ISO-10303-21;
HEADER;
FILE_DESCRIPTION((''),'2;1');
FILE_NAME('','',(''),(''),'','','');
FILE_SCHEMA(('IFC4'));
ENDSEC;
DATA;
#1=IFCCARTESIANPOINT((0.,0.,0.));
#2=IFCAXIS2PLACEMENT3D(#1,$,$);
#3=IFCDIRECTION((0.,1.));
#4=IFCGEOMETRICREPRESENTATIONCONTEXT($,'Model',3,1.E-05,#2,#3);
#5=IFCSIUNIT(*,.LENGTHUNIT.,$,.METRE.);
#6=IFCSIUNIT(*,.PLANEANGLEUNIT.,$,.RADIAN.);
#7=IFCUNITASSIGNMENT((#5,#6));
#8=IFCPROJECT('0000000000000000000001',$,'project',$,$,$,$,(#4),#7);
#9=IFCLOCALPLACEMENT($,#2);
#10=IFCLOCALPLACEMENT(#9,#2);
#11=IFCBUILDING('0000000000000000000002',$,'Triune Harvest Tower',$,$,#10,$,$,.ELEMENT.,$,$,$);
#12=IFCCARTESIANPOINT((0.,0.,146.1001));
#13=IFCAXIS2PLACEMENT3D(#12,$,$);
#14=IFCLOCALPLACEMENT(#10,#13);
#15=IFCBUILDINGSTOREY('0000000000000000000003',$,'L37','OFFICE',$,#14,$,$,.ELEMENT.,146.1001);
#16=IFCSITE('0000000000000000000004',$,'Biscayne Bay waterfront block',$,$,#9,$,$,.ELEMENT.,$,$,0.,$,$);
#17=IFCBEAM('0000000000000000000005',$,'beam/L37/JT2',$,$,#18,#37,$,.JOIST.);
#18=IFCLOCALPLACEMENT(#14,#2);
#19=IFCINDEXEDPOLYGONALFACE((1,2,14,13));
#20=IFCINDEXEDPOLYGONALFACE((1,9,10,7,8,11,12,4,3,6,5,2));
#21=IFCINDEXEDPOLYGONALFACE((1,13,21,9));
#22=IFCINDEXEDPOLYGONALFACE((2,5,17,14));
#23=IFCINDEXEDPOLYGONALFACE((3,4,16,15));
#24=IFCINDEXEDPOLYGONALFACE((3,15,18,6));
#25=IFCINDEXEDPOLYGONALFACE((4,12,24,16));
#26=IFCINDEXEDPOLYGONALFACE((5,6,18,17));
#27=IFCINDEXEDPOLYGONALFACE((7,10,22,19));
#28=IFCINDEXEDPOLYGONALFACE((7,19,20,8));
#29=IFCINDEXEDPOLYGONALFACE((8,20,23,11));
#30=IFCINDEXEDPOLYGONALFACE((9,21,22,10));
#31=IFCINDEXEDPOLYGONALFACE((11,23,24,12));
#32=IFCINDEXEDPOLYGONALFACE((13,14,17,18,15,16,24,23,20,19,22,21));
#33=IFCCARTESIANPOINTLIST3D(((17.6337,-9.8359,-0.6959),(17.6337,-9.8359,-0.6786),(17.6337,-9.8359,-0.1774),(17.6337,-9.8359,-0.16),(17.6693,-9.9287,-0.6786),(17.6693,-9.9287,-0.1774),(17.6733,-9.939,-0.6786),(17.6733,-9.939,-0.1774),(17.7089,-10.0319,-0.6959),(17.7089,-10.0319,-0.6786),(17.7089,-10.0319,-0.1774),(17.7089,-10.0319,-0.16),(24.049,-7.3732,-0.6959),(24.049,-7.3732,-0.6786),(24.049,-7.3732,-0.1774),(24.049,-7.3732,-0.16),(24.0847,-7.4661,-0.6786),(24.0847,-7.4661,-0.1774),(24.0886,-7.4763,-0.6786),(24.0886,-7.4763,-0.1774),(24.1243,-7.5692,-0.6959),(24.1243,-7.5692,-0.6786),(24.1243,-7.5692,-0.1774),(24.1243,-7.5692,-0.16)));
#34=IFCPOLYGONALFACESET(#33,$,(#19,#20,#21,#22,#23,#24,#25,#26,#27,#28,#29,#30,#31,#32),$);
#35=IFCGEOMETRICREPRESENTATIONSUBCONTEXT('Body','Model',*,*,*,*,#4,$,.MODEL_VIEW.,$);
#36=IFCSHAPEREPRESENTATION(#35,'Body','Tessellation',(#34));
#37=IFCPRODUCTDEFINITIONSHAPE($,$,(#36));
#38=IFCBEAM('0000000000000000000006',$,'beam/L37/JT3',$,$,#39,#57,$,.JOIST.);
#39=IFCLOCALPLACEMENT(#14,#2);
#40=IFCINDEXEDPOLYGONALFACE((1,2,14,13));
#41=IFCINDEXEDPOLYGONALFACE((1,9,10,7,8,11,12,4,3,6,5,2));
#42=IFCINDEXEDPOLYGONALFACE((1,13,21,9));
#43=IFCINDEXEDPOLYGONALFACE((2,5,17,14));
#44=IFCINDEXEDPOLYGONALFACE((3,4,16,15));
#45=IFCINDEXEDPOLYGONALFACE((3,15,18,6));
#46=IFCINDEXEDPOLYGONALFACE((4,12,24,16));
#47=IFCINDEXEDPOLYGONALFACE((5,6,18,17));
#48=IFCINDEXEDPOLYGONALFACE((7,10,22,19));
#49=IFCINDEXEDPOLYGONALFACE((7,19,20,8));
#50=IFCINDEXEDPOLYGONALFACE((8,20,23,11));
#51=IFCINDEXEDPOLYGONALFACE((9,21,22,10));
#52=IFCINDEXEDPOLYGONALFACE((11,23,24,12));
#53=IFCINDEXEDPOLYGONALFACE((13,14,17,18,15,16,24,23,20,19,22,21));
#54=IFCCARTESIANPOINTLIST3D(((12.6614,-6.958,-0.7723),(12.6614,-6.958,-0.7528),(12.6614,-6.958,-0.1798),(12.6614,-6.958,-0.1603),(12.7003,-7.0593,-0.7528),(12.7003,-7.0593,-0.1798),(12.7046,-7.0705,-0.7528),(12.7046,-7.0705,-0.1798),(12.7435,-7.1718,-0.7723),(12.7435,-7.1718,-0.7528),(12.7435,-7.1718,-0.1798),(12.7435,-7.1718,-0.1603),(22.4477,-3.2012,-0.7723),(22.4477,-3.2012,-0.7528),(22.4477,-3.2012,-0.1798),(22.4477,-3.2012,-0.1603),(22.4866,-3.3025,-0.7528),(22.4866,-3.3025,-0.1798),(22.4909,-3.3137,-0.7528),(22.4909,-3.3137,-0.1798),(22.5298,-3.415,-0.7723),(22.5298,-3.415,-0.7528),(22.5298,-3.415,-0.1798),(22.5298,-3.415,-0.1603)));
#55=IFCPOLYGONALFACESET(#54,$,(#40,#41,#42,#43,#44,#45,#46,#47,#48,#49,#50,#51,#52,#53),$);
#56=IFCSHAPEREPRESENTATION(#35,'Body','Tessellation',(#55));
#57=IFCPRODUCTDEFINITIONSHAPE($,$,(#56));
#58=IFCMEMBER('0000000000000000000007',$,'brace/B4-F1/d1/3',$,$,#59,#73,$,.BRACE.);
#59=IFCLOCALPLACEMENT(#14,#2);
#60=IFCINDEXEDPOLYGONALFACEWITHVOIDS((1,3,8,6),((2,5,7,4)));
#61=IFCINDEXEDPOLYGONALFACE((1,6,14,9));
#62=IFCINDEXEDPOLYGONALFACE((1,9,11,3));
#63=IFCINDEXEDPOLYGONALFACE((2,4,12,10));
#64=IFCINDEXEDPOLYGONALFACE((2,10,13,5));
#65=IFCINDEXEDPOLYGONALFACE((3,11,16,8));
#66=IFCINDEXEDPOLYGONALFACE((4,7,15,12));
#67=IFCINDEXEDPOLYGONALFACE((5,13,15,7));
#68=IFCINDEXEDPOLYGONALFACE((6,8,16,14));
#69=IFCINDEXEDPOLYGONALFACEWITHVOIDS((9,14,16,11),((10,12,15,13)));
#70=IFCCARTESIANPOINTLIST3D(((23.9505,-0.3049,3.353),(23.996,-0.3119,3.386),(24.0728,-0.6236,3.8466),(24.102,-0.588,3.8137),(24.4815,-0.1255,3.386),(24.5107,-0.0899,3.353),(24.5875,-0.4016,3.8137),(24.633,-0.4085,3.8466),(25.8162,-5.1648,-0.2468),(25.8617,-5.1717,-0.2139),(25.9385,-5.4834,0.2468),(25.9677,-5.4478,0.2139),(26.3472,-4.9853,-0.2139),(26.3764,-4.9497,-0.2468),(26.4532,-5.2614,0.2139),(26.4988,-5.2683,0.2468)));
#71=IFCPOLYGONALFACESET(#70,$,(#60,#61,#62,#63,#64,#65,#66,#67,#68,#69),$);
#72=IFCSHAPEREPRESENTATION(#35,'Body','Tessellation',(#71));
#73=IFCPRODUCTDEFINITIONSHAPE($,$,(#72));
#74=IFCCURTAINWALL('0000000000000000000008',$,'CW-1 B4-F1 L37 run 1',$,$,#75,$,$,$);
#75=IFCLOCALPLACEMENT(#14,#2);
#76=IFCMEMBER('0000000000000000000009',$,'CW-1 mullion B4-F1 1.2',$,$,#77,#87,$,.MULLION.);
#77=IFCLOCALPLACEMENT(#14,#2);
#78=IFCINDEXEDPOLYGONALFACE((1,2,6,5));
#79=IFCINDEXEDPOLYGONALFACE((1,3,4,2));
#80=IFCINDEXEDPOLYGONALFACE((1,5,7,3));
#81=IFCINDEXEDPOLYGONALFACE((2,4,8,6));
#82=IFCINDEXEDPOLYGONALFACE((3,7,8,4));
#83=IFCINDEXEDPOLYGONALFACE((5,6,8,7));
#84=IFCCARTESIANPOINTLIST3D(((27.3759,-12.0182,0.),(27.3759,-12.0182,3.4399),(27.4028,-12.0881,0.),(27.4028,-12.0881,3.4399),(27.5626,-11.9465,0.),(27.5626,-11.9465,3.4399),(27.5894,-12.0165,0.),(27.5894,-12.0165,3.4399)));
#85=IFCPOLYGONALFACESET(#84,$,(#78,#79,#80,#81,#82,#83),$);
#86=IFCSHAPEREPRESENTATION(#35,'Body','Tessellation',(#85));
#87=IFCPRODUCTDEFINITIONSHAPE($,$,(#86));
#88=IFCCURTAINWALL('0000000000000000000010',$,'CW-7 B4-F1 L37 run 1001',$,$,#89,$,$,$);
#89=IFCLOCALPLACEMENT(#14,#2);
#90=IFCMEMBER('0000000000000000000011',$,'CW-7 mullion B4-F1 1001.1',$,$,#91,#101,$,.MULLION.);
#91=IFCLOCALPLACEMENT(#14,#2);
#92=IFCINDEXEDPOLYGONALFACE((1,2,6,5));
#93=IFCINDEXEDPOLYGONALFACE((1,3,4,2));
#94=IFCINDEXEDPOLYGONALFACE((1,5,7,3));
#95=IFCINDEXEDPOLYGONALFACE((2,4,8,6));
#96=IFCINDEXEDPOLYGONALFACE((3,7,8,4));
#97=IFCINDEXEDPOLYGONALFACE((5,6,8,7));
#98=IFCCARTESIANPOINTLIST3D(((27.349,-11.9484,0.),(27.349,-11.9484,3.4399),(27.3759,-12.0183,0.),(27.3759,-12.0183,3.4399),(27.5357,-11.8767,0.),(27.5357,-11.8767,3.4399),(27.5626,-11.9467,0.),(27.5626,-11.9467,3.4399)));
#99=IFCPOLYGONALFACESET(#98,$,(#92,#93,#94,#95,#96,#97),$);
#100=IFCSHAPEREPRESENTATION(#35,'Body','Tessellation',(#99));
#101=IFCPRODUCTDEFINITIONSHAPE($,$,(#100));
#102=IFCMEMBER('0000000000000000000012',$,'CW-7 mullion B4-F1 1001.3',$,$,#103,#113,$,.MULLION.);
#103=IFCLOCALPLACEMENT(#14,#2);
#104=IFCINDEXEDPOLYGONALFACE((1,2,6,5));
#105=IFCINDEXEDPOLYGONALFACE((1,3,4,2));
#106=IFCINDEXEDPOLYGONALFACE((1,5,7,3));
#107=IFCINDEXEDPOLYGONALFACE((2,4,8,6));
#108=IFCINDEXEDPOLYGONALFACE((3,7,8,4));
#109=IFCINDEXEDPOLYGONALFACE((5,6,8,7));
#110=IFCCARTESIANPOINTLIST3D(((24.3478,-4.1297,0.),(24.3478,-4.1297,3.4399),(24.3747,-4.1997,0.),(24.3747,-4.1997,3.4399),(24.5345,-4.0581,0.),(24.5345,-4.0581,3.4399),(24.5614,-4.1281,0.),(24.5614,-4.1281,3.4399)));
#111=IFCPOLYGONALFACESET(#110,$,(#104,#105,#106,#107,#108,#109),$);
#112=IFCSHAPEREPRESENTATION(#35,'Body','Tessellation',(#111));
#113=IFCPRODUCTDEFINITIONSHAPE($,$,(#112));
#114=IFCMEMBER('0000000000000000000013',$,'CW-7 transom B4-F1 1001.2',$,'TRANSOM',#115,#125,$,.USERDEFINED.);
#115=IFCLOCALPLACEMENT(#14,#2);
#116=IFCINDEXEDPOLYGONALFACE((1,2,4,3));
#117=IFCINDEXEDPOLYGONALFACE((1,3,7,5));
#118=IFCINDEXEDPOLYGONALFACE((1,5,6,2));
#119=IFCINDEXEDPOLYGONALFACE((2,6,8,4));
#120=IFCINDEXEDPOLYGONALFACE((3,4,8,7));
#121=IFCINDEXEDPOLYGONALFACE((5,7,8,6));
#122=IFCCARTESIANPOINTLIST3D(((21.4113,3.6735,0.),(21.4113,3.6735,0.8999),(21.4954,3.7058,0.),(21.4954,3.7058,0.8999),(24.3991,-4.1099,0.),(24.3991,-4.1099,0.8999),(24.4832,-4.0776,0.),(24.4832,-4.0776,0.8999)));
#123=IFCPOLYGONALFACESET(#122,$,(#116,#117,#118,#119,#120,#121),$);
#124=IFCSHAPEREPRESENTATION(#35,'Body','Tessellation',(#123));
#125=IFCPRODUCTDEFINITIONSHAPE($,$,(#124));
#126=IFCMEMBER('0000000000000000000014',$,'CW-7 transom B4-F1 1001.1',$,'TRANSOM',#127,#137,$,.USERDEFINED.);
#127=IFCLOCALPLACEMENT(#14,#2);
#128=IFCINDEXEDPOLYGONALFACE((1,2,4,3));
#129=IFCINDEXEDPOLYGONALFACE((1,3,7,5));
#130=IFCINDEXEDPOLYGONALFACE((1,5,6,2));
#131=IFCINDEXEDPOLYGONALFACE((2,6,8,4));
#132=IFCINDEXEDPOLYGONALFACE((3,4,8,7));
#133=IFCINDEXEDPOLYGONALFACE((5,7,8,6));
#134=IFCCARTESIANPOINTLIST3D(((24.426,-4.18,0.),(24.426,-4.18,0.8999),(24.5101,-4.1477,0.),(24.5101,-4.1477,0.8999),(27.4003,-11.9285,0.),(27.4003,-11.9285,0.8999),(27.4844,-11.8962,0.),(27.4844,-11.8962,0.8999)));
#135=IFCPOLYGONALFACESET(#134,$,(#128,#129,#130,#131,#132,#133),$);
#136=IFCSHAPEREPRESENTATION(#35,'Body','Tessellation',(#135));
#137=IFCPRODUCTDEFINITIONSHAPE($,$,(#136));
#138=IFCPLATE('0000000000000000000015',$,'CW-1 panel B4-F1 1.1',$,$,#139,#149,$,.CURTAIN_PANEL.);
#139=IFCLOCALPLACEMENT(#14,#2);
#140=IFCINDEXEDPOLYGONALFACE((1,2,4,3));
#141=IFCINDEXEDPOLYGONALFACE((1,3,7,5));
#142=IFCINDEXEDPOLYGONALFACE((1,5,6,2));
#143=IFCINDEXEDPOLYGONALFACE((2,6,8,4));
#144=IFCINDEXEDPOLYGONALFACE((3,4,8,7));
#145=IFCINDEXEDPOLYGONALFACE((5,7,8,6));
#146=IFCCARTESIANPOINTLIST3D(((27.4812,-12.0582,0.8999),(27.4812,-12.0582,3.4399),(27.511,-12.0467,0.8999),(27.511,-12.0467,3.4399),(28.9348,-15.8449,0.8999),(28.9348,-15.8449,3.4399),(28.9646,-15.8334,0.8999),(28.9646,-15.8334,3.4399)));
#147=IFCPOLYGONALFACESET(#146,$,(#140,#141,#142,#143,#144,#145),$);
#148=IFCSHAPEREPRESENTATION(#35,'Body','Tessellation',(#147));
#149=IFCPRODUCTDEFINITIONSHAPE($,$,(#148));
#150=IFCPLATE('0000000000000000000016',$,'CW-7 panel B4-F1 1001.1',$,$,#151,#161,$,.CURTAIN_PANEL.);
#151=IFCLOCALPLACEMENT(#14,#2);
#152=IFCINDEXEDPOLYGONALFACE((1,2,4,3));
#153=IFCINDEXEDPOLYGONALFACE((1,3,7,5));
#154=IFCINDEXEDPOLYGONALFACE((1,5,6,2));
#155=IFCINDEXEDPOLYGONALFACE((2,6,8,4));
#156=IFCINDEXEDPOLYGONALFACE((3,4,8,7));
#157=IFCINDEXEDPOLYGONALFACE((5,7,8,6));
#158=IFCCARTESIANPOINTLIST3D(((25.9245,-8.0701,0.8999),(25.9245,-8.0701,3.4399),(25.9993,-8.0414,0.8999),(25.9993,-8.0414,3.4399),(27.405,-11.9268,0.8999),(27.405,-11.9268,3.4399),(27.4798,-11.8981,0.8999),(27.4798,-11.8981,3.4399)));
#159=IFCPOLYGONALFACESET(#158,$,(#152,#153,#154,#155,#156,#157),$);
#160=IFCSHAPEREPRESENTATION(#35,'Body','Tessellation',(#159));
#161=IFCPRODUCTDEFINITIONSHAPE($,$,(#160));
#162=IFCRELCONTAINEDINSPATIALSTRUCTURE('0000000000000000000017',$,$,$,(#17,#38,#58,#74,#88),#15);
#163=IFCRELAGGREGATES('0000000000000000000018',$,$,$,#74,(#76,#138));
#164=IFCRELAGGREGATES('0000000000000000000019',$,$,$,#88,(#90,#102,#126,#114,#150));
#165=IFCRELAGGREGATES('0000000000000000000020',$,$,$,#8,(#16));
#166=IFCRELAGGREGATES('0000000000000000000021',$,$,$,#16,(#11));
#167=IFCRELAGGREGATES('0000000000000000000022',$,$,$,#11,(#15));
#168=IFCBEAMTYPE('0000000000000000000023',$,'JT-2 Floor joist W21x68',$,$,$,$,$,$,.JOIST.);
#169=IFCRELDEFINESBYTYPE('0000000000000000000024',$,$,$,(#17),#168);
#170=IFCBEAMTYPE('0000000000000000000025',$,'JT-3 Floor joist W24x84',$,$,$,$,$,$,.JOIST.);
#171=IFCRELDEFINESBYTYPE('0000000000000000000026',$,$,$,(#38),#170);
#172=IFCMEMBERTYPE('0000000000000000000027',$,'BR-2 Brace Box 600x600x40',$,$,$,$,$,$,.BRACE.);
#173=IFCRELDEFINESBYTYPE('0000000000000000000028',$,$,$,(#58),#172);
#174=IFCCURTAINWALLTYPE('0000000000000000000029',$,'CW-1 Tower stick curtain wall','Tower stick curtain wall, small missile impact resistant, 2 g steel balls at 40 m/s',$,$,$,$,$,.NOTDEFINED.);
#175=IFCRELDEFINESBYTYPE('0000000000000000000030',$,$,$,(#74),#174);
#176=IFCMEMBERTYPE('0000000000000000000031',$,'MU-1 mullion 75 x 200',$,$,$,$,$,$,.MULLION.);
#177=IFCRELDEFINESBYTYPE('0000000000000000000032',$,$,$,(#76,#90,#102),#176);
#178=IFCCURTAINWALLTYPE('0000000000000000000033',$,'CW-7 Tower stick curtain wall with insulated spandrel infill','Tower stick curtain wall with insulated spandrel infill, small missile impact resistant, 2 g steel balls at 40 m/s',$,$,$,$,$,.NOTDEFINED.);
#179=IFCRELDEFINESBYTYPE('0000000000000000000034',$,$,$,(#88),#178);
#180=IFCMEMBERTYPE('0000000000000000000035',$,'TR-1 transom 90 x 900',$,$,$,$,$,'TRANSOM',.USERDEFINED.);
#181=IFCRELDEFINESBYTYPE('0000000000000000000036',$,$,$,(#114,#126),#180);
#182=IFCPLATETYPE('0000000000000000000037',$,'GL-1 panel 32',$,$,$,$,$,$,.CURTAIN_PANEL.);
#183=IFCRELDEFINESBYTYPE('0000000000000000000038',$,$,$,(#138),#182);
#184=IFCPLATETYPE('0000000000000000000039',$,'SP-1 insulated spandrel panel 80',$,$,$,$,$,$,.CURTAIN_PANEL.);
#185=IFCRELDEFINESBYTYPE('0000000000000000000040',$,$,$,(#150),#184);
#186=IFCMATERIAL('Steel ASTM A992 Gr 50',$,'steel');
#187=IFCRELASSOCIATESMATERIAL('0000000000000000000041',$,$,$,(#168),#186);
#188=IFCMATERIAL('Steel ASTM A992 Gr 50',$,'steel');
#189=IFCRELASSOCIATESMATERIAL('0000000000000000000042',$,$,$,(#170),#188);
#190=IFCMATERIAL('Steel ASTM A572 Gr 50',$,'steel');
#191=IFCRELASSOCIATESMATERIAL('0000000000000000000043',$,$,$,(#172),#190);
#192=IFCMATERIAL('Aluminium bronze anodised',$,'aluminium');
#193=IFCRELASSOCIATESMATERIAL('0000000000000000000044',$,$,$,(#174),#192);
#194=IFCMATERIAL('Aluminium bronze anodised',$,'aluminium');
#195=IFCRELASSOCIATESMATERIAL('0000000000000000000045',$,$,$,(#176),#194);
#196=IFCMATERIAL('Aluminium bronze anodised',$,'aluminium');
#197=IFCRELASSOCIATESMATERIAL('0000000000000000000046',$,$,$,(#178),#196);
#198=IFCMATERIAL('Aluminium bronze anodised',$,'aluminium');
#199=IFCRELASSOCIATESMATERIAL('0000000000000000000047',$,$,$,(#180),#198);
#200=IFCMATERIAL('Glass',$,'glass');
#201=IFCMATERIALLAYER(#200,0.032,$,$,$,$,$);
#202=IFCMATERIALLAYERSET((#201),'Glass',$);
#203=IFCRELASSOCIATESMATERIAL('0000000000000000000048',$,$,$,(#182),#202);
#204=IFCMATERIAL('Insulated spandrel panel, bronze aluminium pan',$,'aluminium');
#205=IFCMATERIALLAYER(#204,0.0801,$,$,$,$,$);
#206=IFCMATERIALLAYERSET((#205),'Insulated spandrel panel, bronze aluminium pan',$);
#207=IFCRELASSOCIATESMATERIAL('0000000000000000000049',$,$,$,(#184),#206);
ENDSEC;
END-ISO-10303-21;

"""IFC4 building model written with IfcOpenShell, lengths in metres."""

from ifc_helpers import new_model, si_unit, direction, frame, origin, origin_2d, place, context, subcontext, project, spatial, rectangle, hollow_rectangle, i_section, extrude, source, transform, mapped, material, layer, layer_set, material_profile, profile_set, type_object, element, aggregate, save


model = new_model("IFC4")

# Units and contexts
model_context = context("Model", 3, precision=1e-05, world=origin(), true_north=direction((0.0, 1.0)))
body_context = subcontext(model_context, "Body", "Model", "MODEL_VIEW")
ifc_project = project(units=[si_unit("LENGTHUNIT", "METRE"), si_unit("PLANEANGLEUNIT", "RADIAN")], contexts=[model_context])

# Site, building, storey
site_placement = place(None, origin())
site = spatial("IfcSite", under=ifc_project, at=site_placement, Name="Biscayne Bay waterfront block", CompositionType="ELEMENT", RefElevation=0.0)
building_placement = place(site_placement, origin())
building = spatial("IfcBuilding", under=site, at=building_placement, Name="Triune Harvest Tower", CompositionType="ELEMENT")
storey_placement = place(building_placement, frame((0.0, 0.0, 146.1001)))
storey = spatial("IfcBuildingStorey", under=building, at=storey_placement, Name="L37", Description="OFFICE", CompositionType="ELEMENT", Elevation=146.1001)

# Beams
ifc_material_1 = material(Name="Steel ASTM A992 Gr 50", Category="steel")
ifc_material_profile_1 = material_profile(ifc_material_1, i_section(OverallWidth=0.21, OverallDepth=0.5359, WebThickness=0.011, FlangeThickness=0.0173, at=origin_2d()), Name="W21x68")
ifc_profile_set_1 = profile_set([ifc_material_profile_1], Name="Steel ASTM A992 Gr 50")
beam_type_1 = type_object("IfcBeamType", Name="JT-2 Floor joist W21x68", PredefinedType="JOIST", material=ifc_profile_set_1)
shared_shape_1 = source(origin(), body_context, "Body", "SweptSolid", [
    extrude(i_section(OverallWidth=0.21, OverallDepth=0.5359, WebThickness=0.011, FlangeThickness=0.0173, at=origin_2d()), origin(), (0.0, 0.0, 1.0), 6.8718),
])
beam_1_placement = place(storey_placement, frame((24.0867, -7.4712, -0.428), z_axis=(-0.933578, -0.358374, 0.0), x_axis=(0.358374, -0.933578, 0.0)))
element("IfcBeam", 1, at=beam_1_placement, inside=storey, type_object=beam_type_1, Name="beam/L37/JT2", PredefinedType="JOIST", context=body_context, shape_type="MappedRepresentation", body=[
    mapped(shared_shape_1, transform((0.0, 0.0, 0.0), scale=1.0)),
])
ifc_material_2 = material(Name="Steel ASTM A992 Gr 50", Category="steel")
ifc_material_profile_2 = material_profile(ifc_material_2, i_section(OverallWidth=0.229, OverallDepth=0.6121, WebThickness=0.012, FlangeThickness=0.0195, at=origin_2d()), Name="W24x84")
ifc_profile_set_2 = profile_set([ifc_material_profile_2], Name="Steel ASTM A992 Gr 50")
beam_type_2 = type_object("IfcBeamType", Name="JT-3 Floor joist W24x84", PredefinedType="JOIST", material=ifc_profile_set_2)
shared_shape_2 = source(origin(), body_context, "Body", "SweptSolid", [
    extrude(i_section(OverallWidth=0.229, OverallDepth=0.6121, WebThickness=0.012, FlangeThickness=0.0195, at=origin_2d()), origin(), (0.0, 0.0, 1.0), 10.4827),
])
beam_2_placement = place(storey_placement, frame((22.4888, -3.3081, -0.4663), z_axis=(-0.933574, -0.358384, 0.0), x_axis=(0.358384, -0.933574, 0.0)))
element("IfcBeam", 2, at=beam_2_placement, inside=storey, type_object=beam_type_2, Name="beam/L37/JT3", PredefinedType="JOIST", context=body_context, shape_type="MappedRepresentation", body=[
    mapped(shared_shape_2, transform((0.0, 0.0, 0.0), scale=1.0)),
])

# Member
ifc_material_3 = material(Name="Steel ASTM A572 Gr 50", Category="steel")
ifc_material_profile_3 = material_profile(ifc_material_3, hollow_rectangle(XDim=0.6001, YDim=0.6001, WallThickness=0.04, at=origin_2d()), Name="Box 600x600x40")
ifc_profile_set_3 = profile_set([ifc_material_profile_3], Name="Steel ASTM A572 Gr 50")
member_type_1 = type_object("IfcMemberType", Name="BR-2 Brace Box 600x600x40", PredefinedType="BRACE", material=ifc_profile_set_3)
shared_shape_3 = source(origin(), body_context, "Body", "SweptSolid", [
    extrude(hollow_rectangle(XDim=0.6001, YDim=0.6001, WallThickness=0.04, at=origin_2d()), origin(), (0.0, 0.0, 1.0), 6.3291),
])
member_1_placement = place(storey_placement, frame((26.1575, -5.2166, 0.0), z_axis=(-0.294783, 0.767854, 0.568774), x_axis=(-0.933568, -0.358401, 0.0)))
element("IfcMember", 3, at=member_1_placement, inside=storey, type_object=member_type_1, Name="brace/B4-F1/d1/3", PredefinedType="BRACE", context=body_context, shape_type="MappedRepresentation", body=[
    mapped(shared_shape_3, transform((0.0, 0.0, 0.0), scale=1.0)),
])

# Curtain wall, member
ifc_material_4 = material(Name="Aluminium bronze anodised", Category="aluminium")
curtain_wall_type_1 = type_object("IfcCurtainWallType", Name="CW-1 Tower stick curtain wall", Description="Tower stick curtain wall, small missile impact resistant, 2 g steel balls at 40 m/s", PredefinedType="NOTDEFINED", material=ifc_material_4)
curtain_wall_1_placement = place(storey_placement, origin())
curtain_wall_1 = element("IfcCurtainWall", 4, at=curtain_wall_1_placement, inside=storey, type_object=curtain_wall_type_1, Name="CW-1 B4-F1 L37 run 1")
ifc_material_5 = material(Name="Aluminium bronze anodised", Category="aluminium")
ifc_material_profile_4 = material_profile(ifc_material_5, rectangle(XDim=0.2, YDim=0.075, at=origin_2d()), Name="MU-1 mullion 75 x 200")
ifc_profile_set_4 = profile_set([ifc_material_profile_4], Name="Aluminium bronze anodised")
member_type_2 = type_object("IfcMemberType", Name="MU-1 mullion 75 x 200", PredefinedType="MULLION", material=ifc_profile_set_4)
shared_shape_4 = source(origin(), body_context, "Body", "SweptSolid", [
    extrude(rectangle(XDim=0.2, YDim=0.075, at=origin_2d()), origin(), (0.0, 0.0, 1.0), 3.4399),
])
member_2_placement = place(storey_placement, frame((27.4827, -12.0173, 0.0), z_axis=(0.0, 0.0, 1.0), x_axis=(-0.933581, -0.358368, 0.0)))
member_2 = element("IfcMember", 5, at=member_2_placement, type_object=member_type_2, Name="CW-1 mullion B4-F1 1.2", PredefinedType="MULLION", context=body_context, shape_type="MappedRepresentation", body=[
    mapped(shared_shape_4, transform((0.0, 0.0, 0.0), scale=1.0)),
])

# Curtain wall, members
ifc_material_6 = material(Name="Aluminium bronze anodised", Category="aluminium")
curtain_wall_type_2 = type_object("IfcCurtainWallType", Name="CW-7 Tower stick curtain wall with insulated spandrel infill", Description="Tower stick curtain wall with insulated spandrel infill, small missile impact resistant, 2 g steel balls at 40 m/s", PredefinedType="NOTDEFINED", material=ifc_material_6)
curtain_wall_2_placement = place(storey_placement, origin())
curtain_wall_2 = element("IfcCurtainWall", 6, at=curtain_wall_2_placement, inside=storey, type_object=curtain_wall_type_2, Name="CW-7 B4-F1 L37 run 1001")
member_3_placement = place(storey_placement, frame((27.4558, -11.9475, 0.0), z_axis=(0.0, 0.0, 1.0), x_axis=(-0.93358, -0.35837, 0.0)))
member_3 = element("IfcMember", 7, at=member_3_placement, type_object=member_type_2, Name="CW-7 mullion B4-F1 1001.1", PredefinedType="MULLION", context=body_context, shape_type="MappedRepresentation", body=[
    mapped(shared_shape_4, transform((0.0, 0.0, 0.0), scale=1.0)),
])
member_4_placement = place(storey_placement, frame((24.4546, -4.1289, 0.0), z_axis=(0.0, 0.0, 1.0), x_axis=(-0.93358, -0.35837, 0.0)))
member_4 = element("IfcMember", 8, at=member_4_placement, type_object=member_type_2, Name="CW-7 mullion B4-F1 1001.3", PredefinedType="MULLION", context=body_context, shape_type="MappedRepresentation", body=[
    mapped(shared_shape_4, transform((0.0, 0.0, 0.0), scale=1.0)),
])
ifc_material_7 = material(Name="Aluminium bronze anodised", Category="aluminium")
ifc_material_profile_5 = material_profile(ifc_material_7, rectangle(XDim=0.0901, YDim=0.8999, at=origin_2d()), Name="TR-1 transom 90 x 900")
ifc_profile_set_5 = profile_set([ifc_material_profile_5], Name="Aluminium bronze anodised")
member_type_3 = type_object("IfcMemberType", Name="TR-1 transom 90 x 900", ElementType="TRANSOM", PredefinedType="USERDEFINED", material=ifc_profile_set_5)
shared_shape_5 = source(origin(), body_context, "Body", "SweptSolid", [
    extrude(rectangle(XDim=0.0901, YDim=0.8999, at=origin_2d()), origin(), (0.0, 0.0, 1.0), 8.3372),
])
member_5_placement = place(storey_placement, frame((24.4412, -4.0938, 0.45), z_axis=(-0.358369, 0.93358, 0.0), x_axis=(-0.93358, -0.358369, 0.0)))
member_5 = element("IfcMember", 9, at=member_5_placement, type_object=member_type_3, Name="CW-7 transom B4-F1 1001.2", ObjectType="TRANSOM", PredefinedType="USERDEFINED", context=body_context, shape_type="MappedRepresentation", body=[
    mapped(shared_shape_5, transform((0.0, 0.0, 0.0), scale=1.0)),
])
shared_shape_6 = source(origin(), body_context, "Body", "SweptSolid", [
    extrude(rectangle(XDim=0.0901, YDim=0.8999, at=origin_2d()), origin(), (0.0, 0.0, 1.0), 8.2998),
])
member_6_placement = place(storey_placement, frame((27.4424, -11.9124, 0.45), z_axis=(-0.358366, 0.933581, 0.0), x_axis=(-0.933581, -0.358366, 0.0)))
member_6 = element("IfcMember", 10, at=member_6_placement, type_object=member_type_3, Name="CW-7 transom B4-F1 1001.1", ObjectType="TRANSOM", PredefinedType="USERDEFINED", context=body_context, shape_type="MappedRepresentation", body=[
    mapped(shared_shape_6, transform((0.0, 0.0, 0.0), scale=1.0)),
])

# Plates
ifc_material_8 = material(Name="Glass", Category="glass")
ifc_layer_1 = layer(ifc_material_8, 0.032)
ifc_layer_set_1 = layer_set([ifc_layer_1], Name="Glass")
plate_type_1 = type_object("IfcPlateType", Name="GL-1 panel 32", PredefinedType="CURTAIN_PANEL", material=ifc_layer_set_1)
shared_shape_7 = source(origin(), body_context, "Body", "SweptSolid", [
    extrude(rectangle(XDim=4.0562, YDim=0.032, at=origin_2d()), origin(), (0.0, 0.0, 1.0), 2.54),
])
plate_1_placement = place(storey_placement, frame((28.2229, -13.9458, 0.8999), z_axis=(0.0, 0.0, 1.0), x_axis=(-0.358368, 0.933581, 0.0)))
plate_1 = element("IfcPlate", 11, at=plate_1_placement, type_object=plate_type_1, Name="CW-1 panel B4-F1 1.1", PredefinedType="CURTAIN_PANEL", context=body_context, shape_type="MappedRepresentation", body=[
    mapped(shared_shape_7, transform((0.0, 0.0, 0.0), scale=1.0)),
])
aggregate(curtain_wall_1, [member_2, plate_1])
ifc_material_9 = material(Name="Insulated spandrel panel, bronze aluminium pan", Category="aluminium")
ifc_layer_2 = layer(ifc_material_9, 0.0801)
ifc_layer_set_2 = layer_set([ifc_layer_2], Name="Insulated spandrel panel, bronze aluminium pan")
plate_type_2 = type_object("IfcPlateType", Name="SP-1 insulated spandrel panel 80", PredefinedType="CURTAIN_PANEL", material=ifc_layer_set_2)
shared_shape_8 = source(origin(), body_context, "Body", "SweptSolid", [
    extrude(rectangle(XDim=4.1311, YDim=0.0801, at=origin_2d()), origin(), (0.0, 0.0, 1.0), 2.54),
])
plate_2_placement = place(storey_placement, frame((26.7021, -9.9841, 0.8999), z_axis=(0.0, 0.0, 1.0), x_axis=(-0.35837, 0.93358, 0.0)))
plate_2 = element("IfcPlate", 12, at=plate_2_placement, type_object=plate_type_2, Name="CW-7 panel B4-F1 1001.1", PredefinedType="CURTAIN_PANEL", context=body_context, shape_type="MappedRepresentation", body=[
    mapped(shared_shape_8, transform((0.0, 0.0, 0.0), scale=1.0)),
])
aggregate(curtain_wall_2, [member_3, member_4, member_6, member_5, plate_2])

save(model, "model.ifc")
